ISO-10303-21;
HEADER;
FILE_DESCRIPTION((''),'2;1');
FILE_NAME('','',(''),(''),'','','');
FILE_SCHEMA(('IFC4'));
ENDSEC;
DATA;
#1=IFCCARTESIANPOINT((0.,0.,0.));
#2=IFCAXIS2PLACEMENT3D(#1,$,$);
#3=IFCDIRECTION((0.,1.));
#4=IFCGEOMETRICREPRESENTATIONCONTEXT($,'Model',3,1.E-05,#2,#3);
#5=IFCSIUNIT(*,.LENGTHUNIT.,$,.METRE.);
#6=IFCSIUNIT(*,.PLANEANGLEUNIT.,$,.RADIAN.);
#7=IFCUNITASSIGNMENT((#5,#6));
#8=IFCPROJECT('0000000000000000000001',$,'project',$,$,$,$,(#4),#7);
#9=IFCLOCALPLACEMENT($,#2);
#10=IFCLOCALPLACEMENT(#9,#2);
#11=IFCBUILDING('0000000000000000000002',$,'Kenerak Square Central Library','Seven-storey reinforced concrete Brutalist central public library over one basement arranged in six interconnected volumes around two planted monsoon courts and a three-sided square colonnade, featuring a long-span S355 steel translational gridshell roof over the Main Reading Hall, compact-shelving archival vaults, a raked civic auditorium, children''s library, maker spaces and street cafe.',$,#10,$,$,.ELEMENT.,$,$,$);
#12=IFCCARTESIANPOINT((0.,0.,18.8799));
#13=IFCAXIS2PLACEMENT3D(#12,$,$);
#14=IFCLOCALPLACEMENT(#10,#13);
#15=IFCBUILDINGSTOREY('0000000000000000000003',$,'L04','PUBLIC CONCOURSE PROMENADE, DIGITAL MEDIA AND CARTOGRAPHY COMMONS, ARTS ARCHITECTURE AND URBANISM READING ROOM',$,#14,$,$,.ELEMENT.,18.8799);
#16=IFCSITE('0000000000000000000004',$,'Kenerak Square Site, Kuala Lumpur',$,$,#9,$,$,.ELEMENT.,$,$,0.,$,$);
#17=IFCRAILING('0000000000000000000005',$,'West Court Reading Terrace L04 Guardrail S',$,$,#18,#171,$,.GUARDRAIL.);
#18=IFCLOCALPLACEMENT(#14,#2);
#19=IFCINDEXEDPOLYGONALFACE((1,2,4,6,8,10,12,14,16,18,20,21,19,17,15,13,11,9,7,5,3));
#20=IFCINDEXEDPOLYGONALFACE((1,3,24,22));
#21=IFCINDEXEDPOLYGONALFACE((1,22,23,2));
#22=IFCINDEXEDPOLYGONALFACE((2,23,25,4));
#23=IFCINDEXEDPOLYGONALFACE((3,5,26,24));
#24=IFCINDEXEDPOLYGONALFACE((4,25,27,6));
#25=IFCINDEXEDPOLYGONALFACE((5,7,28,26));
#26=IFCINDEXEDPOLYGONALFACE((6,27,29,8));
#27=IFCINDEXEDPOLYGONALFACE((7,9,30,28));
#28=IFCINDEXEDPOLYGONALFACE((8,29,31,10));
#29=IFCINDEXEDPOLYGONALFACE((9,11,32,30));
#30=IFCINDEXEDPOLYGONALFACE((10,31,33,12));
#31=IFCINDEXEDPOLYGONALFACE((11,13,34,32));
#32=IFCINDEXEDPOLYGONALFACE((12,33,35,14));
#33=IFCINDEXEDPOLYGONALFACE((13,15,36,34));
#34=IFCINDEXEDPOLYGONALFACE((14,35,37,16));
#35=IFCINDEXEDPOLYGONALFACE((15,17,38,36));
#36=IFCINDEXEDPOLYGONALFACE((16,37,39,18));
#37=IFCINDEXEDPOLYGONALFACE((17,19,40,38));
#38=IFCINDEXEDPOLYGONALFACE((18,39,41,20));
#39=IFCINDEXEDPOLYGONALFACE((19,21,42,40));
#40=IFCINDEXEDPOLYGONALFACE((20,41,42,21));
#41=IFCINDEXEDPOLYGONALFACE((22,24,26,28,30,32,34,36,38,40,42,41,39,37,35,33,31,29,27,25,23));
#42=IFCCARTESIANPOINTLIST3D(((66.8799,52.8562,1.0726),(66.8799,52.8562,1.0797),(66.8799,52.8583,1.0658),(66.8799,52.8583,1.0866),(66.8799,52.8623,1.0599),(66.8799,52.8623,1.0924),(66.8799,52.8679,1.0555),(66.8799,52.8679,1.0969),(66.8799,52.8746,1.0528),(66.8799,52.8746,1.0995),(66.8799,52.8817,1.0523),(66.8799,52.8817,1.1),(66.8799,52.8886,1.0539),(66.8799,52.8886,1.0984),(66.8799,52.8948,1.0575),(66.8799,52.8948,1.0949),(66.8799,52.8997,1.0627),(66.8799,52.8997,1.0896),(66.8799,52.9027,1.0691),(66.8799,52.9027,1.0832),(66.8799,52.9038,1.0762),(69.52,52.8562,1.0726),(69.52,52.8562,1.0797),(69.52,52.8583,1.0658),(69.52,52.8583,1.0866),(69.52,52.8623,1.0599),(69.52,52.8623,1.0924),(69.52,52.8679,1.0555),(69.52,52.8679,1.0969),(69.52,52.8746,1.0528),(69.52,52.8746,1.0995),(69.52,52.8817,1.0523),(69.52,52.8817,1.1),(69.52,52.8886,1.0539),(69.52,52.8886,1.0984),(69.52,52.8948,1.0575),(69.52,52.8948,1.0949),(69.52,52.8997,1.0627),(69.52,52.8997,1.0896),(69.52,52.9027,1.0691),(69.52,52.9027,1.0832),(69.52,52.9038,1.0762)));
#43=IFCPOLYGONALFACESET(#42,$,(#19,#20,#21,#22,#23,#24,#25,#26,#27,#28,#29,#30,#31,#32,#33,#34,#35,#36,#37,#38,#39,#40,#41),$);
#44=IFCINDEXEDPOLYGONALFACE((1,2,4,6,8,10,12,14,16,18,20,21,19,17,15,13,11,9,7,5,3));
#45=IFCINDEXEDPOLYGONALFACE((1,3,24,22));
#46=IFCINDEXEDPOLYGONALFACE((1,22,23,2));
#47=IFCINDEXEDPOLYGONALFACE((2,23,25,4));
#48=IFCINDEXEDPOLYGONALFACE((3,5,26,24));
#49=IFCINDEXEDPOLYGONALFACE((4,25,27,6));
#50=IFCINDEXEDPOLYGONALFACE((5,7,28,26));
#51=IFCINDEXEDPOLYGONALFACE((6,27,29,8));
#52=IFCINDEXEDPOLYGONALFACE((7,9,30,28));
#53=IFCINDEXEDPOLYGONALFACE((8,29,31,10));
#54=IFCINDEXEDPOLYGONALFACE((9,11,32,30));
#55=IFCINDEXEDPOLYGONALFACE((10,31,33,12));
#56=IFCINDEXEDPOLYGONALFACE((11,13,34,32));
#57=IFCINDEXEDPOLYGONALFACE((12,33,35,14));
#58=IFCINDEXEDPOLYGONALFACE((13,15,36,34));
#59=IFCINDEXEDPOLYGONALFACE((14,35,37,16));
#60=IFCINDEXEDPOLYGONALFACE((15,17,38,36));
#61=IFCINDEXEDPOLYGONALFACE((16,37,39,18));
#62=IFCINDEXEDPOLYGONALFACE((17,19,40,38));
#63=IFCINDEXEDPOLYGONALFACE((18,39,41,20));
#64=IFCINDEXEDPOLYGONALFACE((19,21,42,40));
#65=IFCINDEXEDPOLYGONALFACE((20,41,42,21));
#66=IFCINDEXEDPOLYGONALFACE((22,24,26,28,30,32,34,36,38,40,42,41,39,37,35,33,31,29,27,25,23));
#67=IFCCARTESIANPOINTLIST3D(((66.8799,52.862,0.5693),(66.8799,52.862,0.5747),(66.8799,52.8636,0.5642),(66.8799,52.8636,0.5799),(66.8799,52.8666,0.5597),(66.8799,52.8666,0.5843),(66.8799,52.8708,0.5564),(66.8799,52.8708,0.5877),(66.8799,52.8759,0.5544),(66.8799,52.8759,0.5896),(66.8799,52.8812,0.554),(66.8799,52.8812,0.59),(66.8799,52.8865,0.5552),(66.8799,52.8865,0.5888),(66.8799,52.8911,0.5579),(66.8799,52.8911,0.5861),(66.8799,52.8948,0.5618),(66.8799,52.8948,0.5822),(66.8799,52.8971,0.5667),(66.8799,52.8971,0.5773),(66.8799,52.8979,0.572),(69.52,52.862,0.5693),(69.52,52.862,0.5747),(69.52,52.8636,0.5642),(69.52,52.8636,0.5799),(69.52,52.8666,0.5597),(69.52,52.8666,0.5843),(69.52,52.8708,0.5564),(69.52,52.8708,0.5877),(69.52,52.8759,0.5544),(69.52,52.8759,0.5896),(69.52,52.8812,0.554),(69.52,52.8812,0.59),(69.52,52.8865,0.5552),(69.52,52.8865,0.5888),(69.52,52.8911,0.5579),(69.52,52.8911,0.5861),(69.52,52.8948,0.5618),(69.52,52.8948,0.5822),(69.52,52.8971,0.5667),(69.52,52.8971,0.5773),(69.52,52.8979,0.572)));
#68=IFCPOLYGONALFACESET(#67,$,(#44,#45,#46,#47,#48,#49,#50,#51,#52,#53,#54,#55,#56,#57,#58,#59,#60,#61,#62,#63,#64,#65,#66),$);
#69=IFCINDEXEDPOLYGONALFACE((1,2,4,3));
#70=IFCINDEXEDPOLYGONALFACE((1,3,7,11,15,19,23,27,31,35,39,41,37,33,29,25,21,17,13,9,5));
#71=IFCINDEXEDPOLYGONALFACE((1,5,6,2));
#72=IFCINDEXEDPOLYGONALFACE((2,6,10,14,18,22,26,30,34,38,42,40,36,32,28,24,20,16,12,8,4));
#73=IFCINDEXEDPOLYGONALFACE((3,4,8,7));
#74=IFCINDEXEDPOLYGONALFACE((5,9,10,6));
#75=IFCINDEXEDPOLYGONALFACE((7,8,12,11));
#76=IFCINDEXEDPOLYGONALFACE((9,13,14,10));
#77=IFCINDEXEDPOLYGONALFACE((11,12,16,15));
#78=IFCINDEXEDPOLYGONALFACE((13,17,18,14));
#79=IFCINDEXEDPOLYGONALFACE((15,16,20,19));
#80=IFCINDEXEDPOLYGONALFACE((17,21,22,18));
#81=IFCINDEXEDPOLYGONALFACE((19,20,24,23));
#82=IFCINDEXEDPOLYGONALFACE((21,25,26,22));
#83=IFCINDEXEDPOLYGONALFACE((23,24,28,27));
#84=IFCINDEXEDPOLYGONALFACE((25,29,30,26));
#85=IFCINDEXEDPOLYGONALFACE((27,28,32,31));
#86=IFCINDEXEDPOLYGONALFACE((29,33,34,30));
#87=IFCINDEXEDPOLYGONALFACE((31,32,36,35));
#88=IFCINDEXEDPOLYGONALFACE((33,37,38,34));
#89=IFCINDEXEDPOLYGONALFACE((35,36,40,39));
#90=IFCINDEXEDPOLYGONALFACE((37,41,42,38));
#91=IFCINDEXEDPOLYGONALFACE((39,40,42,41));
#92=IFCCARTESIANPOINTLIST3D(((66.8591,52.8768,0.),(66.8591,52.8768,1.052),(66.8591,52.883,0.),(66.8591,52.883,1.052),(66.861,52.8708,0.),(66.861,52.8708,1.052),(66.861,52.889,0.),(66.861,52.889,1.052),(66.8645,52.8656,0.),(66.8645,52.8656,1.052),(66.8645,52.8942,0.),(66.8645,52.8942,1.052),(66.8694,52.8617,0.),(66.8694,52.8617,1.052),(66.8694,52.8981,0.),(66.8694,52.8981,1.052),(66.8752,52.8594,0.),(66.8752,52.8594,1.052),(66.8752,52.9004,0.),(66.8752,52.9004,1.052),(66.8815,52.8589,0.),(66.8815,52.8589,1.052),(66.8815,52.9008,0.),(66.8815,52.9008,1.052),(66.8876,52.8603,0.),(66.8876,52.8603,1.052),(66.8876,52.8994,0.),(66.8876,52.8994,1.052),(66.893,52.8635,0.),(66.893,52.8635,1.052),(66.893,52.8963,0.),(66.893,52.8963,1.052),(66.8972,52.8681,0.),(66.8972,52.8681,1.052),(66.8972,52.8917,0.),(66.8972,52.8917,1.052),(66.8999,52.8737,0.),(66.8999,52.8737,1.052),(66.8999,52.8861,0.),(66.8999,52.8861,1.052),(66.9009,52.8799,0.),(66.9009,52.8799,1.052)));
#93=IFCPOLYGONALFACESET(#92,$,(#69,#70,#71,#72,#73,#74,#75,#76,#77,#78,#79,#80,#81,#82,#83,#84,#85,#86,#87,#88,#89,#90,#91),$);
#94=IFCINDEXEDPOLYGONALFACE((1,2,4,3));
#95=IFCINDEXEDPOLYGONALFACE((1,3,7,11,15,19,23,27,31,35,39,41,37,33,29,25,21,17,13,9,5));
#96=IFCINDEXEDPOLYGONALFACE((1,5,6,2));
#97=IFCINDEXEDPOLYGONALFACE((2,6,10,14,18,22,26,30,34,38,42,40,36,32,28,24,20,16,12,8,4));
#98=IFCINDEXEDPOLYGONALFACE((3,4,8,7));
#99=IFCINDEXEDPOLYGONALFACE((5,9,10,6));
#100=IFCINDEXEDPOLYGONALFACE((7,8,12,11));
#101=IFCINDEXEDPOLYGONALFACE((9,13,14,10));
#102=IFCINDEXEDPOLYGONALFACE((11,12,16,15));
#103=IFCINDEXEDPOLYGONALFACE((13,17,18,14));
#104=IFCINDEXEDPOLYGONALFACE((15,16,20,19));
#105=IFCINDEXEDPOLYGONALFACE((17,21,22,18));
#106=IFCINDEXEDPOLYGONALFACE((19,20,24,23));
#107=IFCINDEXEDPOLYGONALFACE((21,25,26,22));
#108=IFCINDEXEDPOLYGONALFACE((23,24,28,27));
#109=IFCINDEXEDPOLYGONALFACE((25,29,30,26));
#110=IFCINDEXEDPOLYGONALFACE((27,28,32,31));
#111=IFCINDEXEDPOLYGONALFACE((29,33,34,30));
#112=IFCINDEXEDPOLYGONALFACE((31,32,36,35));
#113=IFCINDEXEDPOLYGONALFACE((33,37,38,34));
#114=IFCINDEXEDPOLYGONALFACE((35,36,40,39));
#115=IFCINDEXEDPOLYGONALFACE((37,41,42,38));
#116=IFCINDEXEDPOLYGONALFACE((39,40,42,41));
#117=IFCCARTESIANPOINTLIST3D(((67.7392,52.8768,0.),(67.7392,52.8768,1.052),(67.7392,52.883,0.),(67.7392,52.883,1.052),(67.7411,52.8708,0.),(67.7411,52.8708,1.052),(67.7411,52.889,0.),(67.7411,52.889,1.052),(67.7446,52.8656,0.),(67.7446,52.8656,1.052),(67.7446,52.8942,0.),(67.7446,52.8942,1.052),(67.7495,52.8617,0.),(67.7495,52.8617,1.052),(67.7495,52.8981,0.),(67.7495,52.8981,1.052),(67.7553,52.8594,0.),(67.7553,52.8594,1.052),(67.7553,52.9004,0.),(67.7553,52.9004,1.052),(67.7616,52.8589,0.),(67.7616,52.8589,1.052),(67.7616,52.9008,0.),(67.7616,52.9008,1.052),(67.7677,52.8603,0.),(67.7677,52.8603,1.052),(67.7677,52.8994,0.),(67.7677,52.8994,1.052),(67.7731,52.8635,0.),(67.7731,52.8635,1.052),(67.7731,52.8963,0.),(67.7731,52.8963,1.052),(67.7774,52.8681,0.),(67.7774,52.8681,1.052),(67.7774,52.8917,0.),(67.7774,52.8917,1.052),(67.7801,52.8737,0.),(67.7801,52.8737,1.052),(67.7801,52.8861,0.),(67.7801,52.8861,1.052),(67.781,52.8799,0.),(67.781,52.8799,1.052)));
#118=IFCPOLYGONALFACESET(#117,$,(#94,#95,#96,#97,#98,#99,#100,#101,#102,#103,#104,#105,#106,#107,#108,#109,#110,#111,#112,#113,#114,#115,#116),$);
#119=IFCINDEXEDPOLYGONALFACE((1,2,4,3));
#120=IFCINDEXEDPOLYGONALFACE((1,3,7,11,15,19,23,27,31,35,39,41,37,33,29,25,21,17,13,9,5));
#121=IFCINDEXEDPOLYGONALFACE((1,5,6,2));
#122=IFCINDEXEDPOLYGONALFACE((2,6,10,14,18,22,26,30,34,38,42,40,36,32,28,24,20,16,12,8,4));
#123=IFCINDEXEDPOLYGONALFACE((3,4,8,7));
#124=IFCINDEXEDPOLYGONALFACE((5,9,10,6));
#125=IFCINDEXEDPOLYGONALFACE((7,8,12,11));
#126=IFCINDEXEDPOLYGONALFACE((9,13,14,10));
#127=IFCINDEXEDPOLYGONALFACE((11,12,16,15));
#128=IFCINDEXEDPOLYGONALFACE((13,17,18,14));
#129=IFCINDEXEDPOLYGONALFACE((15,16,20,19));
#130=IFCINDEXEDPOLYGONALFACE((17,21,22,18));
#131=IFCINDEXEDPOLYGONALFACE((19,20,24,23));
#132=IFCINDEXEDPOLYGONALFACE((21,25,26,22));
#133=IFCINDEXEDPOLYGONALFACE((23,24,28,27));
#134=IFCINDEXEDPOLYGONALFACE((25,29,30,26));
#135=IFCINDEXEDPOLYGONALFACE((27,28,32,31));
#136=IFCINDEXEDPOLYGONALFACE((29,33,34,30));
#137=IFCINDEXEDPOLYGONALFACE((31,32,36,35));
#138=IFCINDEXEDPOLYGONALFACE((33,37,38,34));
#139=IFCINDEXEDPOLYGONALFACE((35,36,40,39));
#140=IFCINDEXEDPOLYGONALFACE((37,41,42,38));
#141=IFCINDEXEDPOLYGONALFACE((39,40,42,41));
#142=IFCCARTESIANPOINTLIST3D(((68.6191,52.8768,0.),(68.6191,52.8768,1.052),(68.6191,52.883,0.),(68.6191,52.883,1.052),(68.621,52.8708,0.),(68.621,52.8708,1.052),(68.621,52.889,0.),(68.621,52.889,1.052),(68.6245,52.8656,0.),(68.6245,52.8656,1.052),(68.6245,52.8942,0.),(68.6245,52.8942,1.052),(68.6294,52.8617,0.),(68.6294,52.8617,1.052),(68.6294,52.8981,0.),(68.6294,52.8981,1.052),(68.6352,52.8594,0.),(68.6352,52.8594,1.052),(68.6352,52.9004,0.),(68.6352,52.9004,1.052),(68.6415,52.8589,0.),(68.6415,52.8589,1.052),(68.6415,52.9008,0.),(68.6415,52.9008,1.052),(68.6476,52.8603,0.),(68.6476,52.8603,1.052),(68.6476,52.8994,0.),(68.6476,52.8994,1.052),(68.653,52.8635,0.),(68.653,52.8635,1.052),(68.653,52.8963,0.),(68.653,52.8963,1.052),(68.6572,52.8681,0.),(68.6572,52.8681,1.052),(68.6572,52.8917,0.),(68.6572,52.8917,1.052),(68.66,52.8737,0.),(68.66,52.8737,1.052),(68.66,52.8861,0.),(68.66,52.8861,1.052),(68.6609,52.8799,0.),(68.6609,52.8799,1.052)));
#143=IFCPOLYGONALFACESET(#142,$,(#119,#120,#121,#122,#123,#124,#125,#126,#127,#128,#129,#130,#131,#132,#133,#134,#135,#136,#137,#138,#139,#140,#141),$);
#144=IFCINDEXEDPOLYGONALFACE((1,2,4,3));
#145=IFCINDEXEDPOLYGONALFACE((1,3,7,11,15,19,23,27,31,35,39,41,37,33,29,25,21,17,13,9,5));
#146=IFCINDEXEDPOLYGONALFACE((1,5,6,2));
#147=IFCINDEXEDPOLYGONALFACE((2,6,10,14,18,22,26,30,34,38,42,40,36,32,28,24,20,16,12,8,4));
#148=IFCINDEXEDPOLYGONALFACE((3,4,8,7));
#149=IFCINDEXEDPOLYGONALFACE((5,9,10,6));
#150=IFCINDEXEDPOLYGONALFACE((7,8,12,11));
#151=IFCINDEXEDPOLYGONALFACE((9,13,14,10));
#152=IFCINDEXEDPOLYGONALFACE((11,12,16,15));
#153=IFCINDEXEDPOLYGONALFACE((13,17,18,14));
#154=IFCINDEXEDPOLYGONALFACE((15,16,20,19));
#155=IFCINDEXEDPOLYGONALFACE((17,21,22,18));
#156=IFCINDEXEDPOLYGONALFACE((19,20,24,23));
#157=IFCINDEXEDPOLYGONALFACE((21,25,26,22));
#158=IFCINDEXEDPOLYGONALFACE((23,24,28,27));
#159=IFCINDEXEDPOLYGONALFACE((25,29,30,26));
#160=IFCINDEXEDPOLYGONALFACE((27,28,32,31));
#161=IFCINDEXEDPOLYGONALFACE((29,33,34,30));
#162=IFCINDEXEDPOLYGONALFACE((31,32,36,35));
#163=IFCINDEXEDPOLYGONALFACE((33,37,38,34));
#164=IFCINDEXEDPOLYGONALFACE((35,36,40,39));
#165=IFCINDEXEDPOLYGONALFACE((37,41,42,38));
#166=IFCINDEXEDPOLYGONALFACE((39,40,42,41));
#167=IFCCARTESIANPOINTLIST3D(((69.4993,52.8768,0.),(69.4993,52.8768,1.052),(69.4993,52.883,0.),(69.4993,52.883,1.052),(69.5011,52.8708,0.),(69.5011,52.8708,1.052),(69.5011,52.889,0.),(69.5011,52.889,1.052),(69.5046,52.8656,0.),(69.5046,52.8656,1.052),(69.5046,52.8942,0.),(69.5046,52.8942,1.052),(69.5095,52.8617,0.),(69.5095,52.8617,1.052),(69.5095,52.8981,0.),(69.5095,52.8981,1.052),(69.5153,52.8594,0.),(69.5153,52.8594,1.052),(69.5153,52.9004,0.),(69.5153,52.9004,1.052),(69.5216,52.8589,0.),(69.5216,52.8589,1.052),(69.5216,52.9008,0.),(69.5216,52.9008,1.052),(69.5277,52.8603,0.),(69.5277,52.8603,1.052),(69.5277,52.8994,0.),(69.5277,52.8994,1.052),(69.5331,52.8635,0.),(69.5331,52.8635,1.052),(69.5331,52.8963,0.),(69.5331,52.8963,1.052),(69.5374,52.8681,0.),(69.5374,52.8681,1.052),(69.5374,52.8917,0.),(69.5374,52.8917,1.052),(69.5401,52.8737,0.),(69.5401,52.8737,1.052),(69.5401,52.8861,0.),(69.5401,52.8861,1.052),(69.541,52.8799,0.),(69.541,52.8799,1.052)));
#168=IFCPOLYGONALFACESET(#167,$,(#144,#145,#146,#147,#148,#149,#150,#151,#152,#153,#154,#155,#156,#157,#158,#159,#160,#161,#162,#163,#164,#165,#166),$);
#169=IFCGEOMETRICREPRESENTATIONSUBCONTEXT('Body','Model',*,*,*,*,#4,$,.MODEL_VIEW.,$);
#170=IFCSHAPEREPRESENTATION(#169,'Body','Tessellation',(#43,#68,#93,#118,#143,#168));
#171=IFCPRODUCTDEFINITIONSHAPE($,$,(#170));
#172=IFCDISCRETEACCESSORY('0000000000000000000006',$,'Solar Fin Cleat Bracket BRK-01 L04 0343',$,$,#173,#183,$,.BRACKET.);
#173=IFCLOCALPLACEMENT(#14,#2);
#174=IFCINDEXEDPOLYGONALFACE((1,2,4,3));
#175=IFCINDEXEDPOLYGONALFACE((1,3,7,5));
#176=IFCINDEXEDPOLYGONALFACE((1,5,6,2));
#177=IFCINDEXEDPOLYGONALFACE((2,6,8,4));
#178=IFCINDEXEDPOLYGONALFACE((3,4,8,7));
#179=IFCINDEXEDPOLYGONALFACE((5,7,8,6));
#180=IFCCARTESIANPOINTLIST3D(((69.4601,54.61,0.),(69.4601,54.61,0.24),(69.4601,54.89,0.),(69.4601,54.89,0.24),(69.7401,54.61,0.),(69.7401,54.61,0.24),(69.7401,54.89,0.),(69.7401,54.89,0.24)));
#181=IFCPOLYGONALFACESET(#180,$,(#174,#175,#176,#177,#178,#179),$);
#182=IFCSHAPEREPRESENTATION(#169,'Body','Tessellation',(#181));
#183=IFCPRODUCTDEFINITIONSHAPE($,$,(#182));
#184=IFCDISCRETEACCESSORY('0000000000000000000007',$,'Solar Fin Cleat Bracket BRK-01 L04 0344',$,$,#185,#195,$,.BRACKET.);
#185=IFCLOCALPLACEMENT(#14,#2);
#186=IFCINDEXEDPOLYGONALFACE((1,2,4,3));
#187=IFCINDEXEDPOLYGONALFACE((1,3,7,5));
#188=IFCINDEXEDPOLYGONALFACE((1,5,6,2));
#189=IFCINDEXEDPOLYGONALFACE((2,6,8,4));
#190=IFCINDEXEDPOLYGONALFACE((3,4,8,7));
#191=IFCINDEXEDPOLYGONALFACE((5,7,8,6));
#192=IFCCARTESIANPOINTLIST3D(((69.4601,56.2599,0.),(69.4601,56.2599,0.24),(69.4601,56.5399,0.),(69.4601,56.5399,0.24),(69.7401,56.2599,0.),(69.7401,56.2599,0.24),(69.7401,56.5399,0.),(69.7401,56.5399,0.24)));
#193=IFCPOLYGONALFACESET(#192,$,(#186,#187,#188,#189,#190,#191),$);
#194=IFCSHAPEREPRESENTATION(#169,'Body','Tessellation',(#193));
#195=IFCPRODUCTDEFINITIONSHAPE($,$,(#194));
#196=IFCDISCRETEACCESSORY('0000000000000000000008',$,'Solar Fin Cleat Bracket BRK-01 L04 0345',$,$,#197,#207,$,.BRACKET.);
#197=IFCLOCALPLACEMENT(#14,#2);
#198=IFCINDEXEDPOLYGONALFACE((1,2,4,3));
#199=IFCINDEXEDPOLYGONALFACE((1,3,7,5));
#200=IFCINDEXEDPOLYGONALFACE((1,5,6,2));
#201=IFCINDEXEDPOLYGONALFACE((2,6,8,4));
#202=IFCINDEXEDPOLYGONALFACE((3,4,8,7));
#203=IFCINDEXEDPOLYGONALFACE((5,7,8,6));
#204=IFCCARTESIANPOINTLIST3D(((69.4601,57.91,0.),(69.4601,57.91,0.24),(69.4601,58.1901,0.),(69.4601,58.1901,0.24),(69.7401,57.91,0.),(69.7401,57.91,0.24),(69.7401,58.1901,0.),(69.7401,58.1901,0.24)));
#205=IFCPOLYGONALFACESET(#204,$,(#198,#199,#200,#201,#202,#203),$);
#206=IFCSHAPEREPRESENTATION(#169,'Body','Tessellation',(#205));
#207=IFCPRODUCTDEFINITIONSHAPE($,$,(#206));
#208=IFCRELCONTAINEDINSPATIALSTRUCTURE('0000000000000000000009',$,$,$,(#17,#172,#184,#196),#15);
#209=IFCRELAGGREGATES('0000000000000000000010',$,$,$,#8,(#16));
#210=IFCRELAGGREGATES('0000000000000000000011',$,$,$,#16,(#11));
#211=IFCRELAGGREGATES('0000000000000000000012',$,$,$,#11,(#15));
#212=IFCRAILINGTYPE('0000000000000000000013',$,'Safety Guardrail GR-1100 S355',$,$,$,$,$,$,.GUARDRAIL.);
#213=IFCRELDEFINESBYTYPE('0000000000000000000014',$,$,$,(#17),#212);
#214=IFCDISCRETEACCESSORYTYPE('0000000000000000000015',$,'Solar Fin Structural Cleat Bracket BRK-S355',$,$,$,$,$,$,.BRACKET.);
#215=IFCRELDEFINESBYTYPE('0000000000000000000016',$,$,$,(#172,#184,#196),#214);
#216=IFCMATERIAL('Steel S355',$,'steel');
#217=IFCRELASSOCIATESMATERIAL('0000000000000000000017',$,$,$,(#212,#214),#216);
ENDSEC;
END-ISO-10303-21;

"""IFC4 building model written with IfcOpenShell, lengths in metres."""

from ifc_helpers import new_model, si_unit, direction, frame, origin, origin_2d, place, context, subcontext, project, spatial, rectangle, circle, extrude, material, type_object, element, save


model = new_model("IFC4")

# Units and contexts
model_context = context("Model", 3, precision=1e-05, world=origin(), true_north=direction((0.0, 1.0)))
body_context = subcontext(model_context, "Body", "Model", "MODEL_VIEW")
ifc_project = project(units=[si_unit("LENGTHUNIT", "METRE"), si_unit("PLANEANGLEUNIT", "RADIAN")], contexts=[model_context])

# Site, building, storey
site_placement = place(None, origin())
site = spatial("IfcSite", under=ifc_project, at=site_placement, Name="Kenerak Square Site, Kuala Lumpur", CompositionType="ELEMENT", RefElevation=0.0)
building_placement = place(site_placement, origin())
building = spatial("IfcBuilding", under=site, at=building_placement, Name="Kenerak Square Central Library", Description="Seven-storey reinforced concrete Brutalist central public library over one basement arranged in six interconnected volumes around two planted monsoon courts and a three-sided square colonnade, featuring a long-span S355 steel translational gridshell roof over the Main Reading Hall, compact-shelving archival vaults, a raked civic auditorium, children's library, maker spaces and street cafe.", CompositionType="ELEMENT")
storey_placement = place(building_placement, frame((0.0, 0.0, 18.8799)))
storey = spatial("IfcBuildingStorey", under=building, at=storey_placement, Name="L04", Description="PUBLIC CONCOURSE PROMENADE, DIGITAL MEDIA AND CARTOGRAPHY COMMONS, ARTS ARCHITECTURE AND URBANISM READING ROOM", CompositionType="ELEMENT", Elevation=18.8799)

# Shared definitions
ifc_material_1 = material(Name="Steel S355", Category="steel")

# Railing
railing_type = type_object("IfcRailingType", Name="Safety Guardrail GR-1100 S355", PredefinedType="GUARDRAIL", material=ifc_material_1)
railing_1_placement = place(storey_placement, frame((66.8799, 52.8799, 0.0)))
element("IfcRailing", 1, at=railing_1_placement, inside=storey, type_object=railing_type, Name="West Court Reading Terrace L04 Guardrail S", PredefinedType="GUARDRAIL", context=body_context, shape_type="SweptSolid", body=[
    extrude(circle(Radius=0.0239, at=origin_2d()), frame((0.0, 0.0, 1.0762), z_axis=(1.0, 0.0, 0.0), x_axis=(0.0, 1.0, 0.0)), (0.0, 0.0, 1.0), 2.6401),
    extrude(circle(Radius=0.0181, at=origin_2d()), frame((0.0, 0.0, 0.572), z_axis=(1.0, 0.0, 0.0), x_axis=(0.0, 1.0, 0.0)), (0.0, 0.0, 1.0), 2.6401),
    extrude(circle(Radius=0.021, at=origin_2d()), origin(), (0.0, 0.0, 1.0), 1.052),
    extrude(circle(Radius=0.021, at=origin_2d()), frame((0.8801, 0.0, 0.0)), (0.0, 0.0, 1.0), 1.052),
    extrude(circle(Radius=0.021, at=origin_2d()), frame((1.76, 0.0, 0.0)), (0.0, 0.0, 1.0), 1.052),
    extrude(circle(Radius=0.021, at=origin_2d()), frame((2.6401, 0.0, 0.0)), (0.0, 0.0, 1.0), 1.052),
])

# Discrete accessories
discrete_accessory_type = type_object("IfcDiscreteAccessoryType", Name="Solar Fin Structural Cleat Bracket BRK-S355", PredefinedType="BRACKET", material=ifc_material_1)
for number, where, z_axis, x_axis, name in (
    (2, (69.6001, 54.75, 0.0), (0.0, 0.0, 1.0), (0.0, 1.0, 0.0), "Solar Fin Cleat Bracket BRK-01 L04 0343"),
    (3, (69.6001, 56.3999, 0.0), (0.0, 0.0, 1.0), (0.0, 1.0, 0.0), "Solar Fin Cleat Bracket BRK-01 L04 0344"),
    (4, (69.6001, 58.05, 0.0), (0.0, 0.0, 1.0), (0.0, 1.0, 0.0), "Solar Fin Cleat Bracket BRK-01 L04 0345"),
):
    element("IfcDiscreteAccessory", number, at=place(storey_placement, frame(where, z_axis=z_axis, x_axis=x_axis)), inside=storey, type_object=discrete_accessory_type, Name=name, PredefinedType="BRACKET", context=body_context, shape_type="SweptSolid", body=[
        extrude(rectangle(XDim=0.28, YDim=0.28, at=origin_2d()), origin(), (0.0, 0.0, 1.0), 0.24),
    ])

save(model, "model.ifc")
